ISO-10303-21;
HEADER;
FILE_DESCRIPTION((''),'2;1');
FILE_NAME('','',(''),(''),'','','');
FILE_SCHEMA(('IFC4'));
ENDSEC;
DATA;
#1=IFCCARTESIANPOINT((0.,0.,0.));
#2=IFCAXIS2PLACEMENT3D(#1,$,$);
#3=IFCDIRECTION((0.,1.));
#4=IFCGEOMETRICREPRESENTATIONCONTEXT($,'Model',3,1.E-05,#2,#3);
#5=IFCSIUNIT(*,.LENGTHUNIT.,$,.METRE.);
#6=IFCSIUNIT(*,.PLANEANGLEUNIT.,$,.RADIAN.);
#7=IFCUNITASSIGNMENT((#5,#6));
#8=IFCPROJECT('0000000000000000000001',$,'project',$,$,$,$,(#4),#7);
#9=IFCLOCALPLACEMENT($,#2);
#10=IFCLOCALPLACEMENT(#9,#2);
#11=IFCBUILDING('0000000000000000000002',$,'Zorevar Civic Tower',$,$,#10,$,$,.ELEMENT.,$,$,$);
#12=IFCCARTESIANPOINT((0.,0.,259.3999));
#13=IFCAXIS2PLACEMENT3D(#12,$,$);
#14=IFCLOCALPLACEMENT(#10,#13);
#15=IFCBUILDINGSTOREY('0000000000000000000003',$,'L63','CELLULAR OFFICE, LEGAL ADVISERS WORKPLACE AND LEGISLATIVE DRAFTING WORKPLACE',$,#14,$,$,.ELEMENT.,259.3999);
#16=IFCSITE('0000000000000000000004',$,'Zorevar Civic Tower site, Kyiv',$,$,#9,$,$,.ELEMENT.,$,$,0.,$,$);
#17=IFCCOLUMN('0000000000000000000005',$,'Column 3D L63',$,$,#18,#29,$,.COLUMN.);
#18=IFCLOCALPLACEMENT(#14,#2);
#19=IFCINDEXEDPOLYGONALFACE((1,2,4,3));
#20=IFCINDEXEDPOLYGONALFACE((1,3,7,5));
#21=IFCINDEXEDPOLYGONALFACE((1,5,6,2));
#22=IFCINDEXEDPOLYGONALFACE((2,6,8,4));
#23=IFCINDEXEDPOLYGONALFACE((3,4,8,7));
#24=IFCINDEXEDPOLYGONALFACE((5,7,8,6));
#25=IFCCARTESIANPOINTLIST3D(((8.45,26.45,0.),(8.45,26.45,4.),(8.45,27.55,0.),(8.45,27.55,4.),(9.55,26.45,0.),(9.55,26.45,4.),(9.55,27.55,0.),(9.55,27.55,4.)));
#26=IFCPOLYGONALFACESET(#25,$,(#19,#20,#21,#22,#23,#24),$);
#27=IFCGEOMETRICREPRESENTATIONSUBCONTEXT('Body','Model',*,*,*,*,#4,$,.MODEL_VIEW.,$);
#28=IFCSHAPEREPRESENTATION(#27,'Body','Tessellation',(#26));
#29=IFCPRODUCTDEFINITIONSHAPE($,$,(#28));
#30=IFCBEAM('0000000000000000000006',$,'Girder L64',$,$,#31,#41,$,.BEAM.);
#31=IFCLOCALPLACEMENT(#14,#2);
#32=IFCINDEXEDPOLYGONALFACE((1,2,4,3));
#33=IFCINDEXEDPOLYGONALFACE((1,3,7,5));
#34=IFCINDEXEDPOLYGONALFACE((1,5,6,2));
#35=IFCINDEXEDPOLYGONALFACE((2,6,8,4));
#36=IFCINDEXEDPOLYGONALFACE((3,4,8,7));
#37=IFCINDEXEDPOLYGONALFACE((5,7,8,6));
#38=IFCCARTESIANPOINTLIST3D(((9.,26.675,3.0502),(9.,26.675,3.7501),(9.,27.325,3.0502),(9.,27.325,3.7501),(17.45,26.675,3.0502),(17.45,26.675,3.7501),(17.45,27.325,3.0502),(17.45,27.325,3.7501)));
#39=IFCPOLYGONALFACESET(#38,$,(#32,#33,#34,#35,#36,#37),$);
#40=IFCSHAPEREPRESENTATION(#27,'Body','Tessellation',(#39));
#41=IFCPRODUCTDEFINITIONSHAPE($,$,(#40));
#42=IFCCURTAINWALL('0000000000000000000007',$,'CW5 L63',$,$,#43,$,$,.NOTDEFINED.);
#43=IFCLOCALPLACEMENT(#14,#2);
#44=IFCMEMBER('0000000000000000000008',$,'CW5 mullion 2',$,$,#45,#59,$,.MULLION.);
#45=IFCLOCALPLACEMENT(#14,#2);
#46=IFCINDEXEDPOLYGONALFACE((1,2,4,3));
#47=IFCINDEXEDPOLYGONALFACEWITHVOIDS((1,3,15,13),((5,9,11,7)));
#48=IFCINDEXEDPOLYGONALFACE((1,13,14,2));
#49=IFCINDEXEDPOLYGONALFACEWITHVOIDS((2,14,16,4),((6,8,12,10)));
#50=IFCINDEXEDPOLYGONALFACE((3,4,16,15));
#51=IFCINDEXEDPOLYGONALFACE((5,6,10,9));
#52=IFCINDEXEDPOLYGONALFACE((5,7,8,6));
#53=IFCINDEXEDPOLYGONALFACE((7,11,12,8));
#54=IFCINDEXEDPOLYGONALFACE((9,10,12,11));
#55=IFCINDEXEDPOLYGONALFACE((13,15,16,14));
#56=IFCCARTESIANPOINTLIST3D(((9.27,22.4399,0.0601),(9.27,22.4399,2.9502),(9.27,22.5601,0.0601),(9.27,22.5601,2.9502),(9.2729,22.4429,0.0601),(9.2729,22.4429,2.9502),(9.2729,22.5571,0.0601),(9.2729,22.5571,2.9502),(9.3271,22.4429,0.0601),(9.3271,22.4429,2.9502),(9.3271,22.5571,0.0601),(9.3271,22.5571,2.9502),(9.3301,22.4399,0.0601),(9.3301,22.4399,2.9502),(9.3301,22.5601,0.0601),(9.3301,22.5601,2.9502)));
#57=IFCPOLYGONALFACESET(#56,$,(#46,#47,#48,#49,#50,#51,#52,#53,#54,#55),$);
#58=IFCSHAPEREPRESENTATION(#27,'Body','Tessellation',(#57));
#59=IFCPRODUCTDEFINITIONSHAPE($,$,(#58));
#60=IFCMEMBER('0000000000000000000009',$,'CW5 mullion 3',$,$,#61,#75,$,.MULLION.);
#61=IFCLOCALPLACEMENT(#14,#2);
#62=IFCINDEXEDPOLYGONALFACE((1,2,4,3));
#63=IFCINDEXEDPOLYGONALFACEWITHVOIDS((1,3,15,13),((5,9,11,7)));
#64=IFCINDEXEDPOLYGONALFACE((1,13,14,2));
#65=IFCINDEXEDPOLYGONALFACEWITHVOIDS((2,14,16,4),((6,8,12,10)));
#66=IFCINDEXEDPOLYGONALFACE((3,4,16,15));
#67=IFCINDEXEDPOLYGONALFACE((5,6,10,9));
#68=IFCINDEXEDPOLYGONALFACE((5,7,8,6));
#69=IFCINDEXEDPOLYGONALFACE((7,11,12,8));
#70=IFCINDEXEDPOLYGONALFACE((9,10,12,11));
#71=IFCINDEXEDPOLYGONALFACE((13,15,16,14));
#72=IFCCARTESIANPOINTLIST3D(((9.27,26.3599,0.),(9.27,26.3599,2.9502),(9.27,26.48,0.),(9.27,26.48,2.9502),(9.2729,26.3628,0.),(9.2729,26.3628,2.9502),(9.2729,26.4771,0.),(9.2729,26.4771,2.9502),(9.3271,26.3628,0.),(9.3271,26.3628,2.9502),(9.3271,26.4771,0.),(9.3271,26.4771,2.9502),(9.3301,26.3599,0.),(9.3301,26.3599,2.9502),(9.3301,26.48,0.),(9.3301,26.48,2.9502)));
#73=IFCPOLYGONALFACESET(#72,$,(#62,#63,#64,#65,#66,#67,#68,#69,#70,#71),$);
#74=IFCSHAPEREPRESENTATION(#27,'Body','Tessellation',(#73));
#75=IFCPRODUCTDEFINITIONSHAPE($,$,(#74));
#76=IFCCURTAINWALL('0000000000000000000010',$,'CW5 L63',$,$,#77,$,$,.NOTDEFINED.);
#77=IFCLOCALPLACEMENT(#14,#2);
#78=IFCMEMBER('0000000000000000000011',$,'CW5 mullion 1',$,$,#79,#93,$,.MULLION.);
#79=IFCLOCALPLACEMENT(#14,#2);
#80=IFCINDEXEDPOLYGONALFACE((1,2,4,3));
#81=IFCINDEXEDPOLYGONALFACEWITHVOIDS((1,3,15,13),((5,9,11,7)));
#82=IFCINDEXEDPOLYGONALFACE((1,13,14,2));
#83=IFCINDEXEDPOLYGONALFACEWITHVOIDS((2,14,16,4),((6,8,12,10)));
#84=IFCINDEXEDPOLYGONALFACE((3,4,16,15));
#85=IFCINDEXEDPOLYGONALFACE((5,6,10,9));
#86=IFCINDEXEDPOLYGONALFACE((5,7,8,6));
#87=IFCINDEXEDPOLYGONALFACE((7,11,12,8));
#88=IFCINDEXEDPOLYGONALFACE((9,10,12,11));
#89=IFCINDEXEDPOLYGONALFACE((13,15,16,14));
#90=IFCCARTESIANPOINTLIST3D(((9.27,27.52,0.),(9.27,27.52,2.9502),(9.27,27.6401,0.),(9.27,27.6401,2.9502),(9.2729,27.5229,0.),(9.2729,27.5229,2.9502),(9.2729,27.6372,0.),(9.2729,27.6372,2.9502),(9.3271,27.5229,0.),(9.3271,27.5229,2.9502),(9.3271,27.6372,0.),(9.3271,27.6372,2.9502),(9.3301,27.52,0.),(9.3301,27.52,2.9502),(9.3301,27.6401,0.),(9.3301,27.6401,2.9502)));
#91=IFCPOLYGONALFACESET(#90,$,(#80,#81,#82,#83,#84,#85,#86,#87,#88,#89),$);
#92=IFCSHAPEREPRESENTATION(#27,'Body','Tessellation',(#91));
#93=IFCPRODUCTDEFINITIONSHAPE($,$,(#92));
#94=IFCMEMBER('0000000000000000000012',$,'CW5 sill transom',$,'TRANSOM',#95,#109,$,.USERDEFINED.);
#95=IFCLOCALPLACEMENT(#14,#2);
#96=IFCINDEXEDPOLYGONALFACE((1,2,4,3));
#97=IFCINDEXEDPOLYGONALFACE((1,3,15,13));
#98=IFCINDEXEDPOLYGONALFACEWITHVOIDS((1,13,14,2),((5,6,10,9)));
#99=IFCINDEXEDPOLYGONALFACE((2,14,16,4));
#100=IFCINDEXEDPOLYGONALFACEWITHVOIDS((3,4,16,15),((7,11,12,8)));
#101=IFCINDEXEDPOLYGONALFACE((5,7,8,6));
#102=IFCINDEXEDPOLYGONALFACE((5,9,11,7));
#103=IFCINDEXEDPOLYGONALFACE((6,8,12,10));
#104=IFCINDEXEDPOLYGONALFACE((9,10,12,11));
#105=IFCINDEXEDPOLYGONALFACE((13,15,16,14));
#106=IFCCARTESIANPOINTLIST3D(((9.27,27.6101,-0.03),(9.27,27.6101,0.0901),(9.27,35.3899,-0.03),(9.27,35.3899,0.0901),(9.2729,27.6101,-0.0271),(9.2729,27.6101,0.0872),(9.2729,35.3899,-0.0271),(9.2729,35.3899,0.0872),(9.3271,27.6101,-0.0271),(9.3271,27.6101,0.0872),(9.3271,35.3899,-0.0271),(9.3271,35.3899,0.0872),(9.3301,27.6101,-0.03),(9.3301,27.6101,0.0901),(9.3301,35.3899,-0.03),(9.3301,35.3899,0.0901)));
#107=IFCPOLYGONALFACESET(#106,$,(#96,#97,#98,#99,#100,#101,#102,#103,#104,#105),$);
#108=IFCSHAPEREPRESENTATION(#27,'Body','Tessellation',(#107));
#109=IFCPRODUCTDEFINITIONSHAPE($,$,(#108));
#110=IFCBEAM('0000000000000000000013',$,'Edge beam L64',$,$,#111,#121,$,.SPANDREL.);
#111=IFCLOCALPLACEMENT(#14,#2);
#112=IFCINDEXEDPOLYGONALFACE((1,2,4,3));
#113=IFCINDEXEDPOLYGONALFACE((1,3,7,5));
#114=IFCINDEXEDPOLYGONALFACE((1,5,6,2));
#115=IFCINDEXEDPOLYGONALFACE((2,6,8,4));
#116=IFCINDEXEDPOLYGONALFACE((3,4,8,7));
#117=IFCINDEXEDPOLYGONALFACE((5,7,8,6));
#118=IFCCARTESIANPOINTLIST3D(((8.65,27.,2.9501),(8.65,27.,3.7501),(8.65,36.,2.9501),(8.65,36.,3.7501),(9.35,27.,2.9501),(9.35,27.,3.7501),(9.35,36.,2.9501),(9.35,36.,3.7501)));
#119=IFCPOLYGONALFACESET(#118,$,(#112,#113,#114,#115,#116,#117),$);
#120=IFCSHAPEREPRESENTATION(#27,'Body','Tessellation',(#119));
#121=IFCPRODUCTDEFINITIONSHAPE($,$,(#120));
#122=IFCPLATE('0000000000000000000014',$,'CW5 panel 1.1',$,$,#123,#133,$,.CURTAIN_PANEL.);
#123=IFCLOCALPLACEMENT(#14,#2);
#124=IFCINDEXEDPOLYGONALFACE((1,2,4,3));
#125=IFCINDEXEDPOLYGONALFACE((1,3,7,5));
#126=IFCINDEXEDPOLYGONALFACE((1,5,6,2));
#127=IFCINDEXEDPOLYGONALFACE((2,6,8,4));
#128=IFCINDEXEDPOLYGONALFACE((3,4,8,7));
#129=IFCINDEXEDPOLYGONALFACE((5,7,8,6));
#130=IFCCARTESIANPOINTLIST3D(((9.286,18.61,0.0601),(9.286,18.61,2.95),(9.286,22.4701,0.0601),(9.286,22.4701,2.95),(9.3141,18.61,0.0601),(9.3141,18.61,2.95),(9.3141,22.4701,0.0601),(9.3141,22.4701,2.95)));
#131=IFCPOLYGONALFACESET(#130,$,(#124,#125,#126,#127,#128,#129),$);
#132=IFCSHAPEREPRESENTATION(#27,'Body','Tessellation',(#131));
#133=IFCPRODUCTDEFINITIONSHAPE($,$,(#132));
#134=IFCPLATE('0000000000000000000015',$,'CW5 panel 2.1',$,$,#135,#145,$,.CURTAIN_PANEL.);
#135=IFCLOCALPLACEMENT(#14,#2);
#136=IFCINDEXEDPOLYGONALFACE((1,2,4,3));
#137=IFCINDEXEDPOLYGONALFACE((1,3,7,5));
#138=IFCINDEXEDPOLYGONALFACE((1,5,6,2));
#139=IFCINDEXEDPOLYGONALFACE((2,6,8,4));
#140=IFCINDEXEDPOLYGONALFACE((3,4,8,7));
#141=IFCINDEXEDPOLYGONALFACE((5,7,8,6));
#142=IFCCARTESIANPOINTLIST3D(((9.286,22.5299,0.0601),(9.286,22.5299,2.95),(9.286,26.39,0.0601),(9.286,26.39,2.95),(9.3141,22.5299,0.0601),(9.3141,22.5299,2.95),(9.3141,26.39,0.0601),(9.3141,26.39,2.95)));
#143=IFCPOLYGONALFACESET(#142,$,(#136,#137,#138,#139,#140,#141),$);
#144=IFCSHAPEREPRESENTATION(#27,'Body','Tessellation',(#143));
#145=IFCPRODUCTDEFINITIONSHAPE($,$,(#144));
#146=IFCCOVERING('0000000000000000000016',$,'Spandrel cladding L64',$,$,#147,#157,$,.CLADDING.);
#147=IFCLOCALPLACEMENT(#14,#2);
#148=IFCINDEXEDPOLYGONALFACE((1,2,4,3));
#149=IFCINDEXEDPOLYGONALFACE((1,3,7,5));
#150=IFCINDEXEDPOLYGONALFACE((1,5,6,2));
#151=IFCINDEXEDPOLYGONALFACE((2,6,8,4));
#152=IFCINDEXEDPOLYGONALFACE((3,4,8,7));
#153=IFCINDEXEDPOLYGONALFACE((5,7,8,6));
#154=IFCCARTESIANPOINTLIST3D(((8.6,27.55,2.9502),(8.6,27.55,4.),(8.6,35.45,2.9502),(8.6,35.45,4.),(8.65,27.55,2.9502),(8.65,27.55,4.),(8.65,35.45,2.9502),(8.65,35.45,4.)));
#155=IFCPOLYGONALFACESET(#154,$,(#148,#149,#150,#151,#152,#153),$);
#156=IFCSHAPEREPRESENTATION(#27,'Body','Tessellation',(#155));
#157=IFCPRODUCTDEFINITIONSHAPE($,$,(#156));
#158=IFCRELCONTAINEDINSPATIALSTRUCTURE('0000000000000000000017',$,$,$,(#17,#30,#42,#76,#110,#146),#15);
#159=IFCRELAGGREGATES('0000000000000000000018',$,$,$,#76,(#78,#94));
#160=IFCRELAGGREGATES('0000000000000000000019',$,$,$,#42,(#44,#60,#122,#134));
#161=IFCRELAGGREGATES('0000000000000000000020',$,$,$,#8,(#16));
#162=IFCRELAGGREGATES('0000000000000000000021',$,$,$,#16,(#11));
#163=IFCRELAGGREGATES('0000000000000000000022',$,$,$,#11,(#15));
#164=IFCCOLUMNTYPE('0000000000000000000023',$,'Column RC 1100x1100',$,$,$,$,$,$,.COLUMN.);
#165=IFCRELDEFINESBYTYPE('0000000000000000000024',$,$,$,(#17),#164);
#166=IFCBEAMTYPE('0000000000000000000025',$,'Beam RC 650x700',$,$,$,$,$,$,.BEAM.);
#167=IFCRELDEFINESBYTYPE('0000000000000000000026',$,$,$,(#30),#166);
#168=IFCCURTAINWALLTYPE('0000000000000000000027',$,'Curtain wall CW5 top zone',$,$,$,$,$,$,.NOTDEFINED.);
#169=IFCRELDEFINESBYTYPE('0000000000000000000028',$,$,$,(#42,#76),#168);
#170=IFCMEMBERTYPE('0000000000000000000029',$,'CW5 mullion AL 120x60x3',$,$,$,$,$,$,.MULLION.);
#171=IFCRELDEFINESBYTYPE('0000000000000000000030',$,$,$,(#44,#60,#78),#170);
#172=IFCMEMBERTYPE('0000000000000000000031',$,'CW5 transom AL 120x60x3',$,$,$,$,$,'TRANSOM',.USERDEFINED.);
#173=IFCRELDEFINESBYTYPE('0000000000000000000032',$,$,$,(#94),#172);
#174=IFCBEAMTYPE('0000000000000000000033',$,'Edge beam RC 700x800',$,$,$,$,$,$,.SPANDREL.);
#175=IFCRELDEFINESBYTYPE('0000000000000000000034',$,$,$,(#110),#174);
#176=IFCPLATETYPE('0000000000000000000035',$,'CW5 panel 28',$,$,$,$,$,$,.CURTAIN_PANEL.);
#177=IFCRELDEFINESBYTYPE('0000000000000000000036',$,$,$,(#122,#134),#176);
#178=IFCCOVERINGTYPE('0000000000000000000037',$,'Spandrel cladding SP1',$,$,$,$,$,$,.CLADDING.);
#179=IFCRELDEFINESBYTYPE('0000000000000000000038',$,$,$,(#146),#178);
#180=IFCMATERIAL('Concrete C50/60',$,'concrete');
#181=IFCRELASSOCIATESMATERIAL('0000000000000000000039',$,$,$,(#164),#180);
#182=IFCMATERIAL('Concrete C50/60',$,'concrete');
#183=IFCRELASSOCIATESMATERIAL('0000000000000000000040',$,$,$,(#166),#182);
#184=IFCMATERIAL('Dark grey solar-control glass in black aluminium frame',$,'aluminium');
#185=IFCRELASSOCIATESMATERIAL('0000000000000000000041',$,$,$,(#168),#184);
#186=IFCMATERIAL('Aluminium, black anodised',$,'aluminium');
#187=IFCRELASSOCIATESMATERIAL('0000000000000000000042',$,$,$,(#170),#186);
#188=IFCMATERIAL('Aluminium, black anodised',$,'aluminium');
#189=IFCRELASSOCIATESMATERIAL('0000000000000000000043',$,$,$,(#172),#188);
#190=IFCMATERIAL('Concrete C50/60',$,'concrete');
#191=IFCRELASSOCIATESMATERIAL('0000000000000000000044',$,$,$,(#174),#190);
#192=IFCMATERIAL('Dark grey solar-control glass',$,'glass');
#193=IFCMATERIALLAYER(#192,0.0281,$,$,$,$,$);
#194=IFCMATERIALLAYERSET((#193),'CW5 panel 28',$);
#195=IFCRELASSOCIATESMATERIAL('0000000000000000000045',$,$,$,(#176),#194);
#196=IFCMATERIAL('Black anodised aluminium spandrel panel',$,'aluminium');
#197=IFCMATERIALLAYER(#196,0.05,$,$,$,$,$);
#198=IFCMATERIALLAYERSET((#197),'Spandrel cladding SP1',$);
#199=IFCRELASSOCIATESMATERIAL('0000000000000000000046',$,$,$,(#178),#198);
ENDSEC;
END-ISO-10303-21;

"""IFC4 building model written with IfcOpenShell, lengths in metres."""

from ifc_helpers import new_model, si_unit, direction, frame, frame_2d, origin, origin_2d, place, context, subcontext, project, spatial, rectangle, hollow_rectangle, extrude, material, layer, layer_set, material_profile, profile_set, type_object, element, aggregate, save


model = new_model("IFC4")

# Units and contexts
model_context = context("Model", 3, precision=1e-05, world=origin(), true_north=direction((0.0, 1.0)))
body_context = subcontext(model_context, "Body", "Model", "MODEL_VIEW")
ifc_project = project(units=[si_unit("LENGTHUNIT", "METRE"), si_unit("PLANEANGLEUNIT", "RADIAN")], contexts=[model_context])

# Site, building, storey
site_placement = place(None, origin())
site = spatial("IfcSite", under=ifc_project, at=site_placement, Name="Zorevar Civic Tower site, Kyiv", CompositionType="ELEMENT", RefElevation=0.0)
building_placement = place(site_placement, origin())
building = spatial("IfcBuilding", under=site, at=building_placement, Name="Zorevar Civic Tower", CompositionType="ELEMENT")
storey_placement = place(building_placement, frame((0.0, 0.0, 259.3999)))
storey = spatial("IfcBuildingStorey", under=building, at=storey_placement, Name="L63", Description="CELLULAR OFFICE, LEGAL ADVISERS WORKPLACE AND LEGISLATIVE DRAFTING WORKPLACE", CompositionType="ELEMENT", Elevation=259.3999)

# Column
ifc_material_1 = material(Name="Concrete C50/60", Category="concrete")
ifc_material_profile_1 = material_profile(ifc_material_1, rectangle(XDim=1.1001, YDim=1.1001, at=origin_2d()), Name="RC 1100x1100")
ifc_profile_set_1 = profile_set([ifc_material_profile_1], Name="Concrete C50/60")
column_type = type_object("IfcColumnType", Name="Column RC 1100x1100", PredefinedType="COLUMN", material=ifc_profile_set_1)
column_placement = place(storey_placement, frame((9.0, 27.0, 0.0), z_axis=(0.0, 0.0, 1.0), x_axis=(1.0, 0.0, 0.0)))
element("IfcColumn", 1, at=column_placement, inside=storey, type_object=column_type, Name="Column 3D L63", PredefinedType="COLUMN", context=body_context, shape_type="SweptSolid", body=[
    extrude(rectangle(XDim=1.1001, YDim=1.1001, at=origin_2d()), origin(), (0.0, 0.0, 1.0), 4.0),
])

# Beam
ifc_material_2 = material(Name="Concrete C50/60", Category="concrete")
ifc_material_profile_2 = material_profile(ifc_material_2, rectangle(XDim=0.6499, YDim=0.7, at=origin_2d()), Name="RC 650x700")
ifc_profile_set_2 = profile_set([ifc_material_profile_2], Name="Concrete C50/60")
beam_type_1 = type_object("IfcBeamType", Name="Beam RC 650x700", PredefinedType="BEAM", material=ifc_profile_set_2)
beam_1_placement = place(storey_placement, frame((9.0, 27.0, 3.4001), z_axis=(1.0, 0.0, 0.0), x_axis=(0.0, 1.0, 0.0)))
element("IfcBeam", 2, at=beam_1_placement, inside=storey, type_object=beam_type_1, Name="Girder L64", PredefinedType="BEAM", context=body_context, shape_type="SweptSolid", body=[
    extrude(rectangle(XDim=0.6499, YDim=0.7, at=origin_2d()), origin(), (0.0, 0.0, 1.0), 8.45),
])

# Curtain walls, members
ifc_material_3 = material(Name="Dark grey solar-control glass in black aluminium frame", Category="aluminium")
curtain_wall_type = type_object("IfcCurtainWallType", Name="Curtain wall CW5 top zone", PredefinedType="NOTDEFINED", material=ifc_material_3)
curtain_wall_1_placement = place(storey_placement, origin())
curtain_wall_1 = element("IfcCurtainWall", 3, at=curtain_wall_1_placement, inside=storey, type_object=curtain_wall_type, Name="CW5 L63", PredefinedType="NOTDEFINED")
ifc_material_4 = material(Name="Aluminium, black anodised", Category="aluminium")
ifc_material_profile_3 = material_profile(ifc_material_4, hollow_rectangle(XDim=0.0601, YDim=0.1201, WallThickness=0.0029, at=origin_2d()), Name="AL 120x60x3")
ifc_profile_set_3 = profile_set([ifc_material_profile_3], Name="Aluminium, black anodised")
member_type_1 = type_object("IfcMemberType", Name="CW5 mullion AL 120x60x3", PredefinedType="MULLION", material=ifc_profile_set_3)
member_1_placement = place(storey_placement, frame((9.3, 22.5, 0.0601), z_axis=(0.0, 0.0, 1.0), x_axis=(-1.0, 0.0, 0.0)))
member_1 = element("IfcMember", 4, at=member_1_placement, type_object=member_type_1, Name="CW5 mullion 2", PredefinedType="MULLION", context=body_context, shape_type="SweptSolid", body=[
    extrude(hollow_rectangle(XDim=0.0601, YDim=0.1201, WallThickness=0.0029, at=origin_2d()), origin(), (0.0, 0.0, 1.0), 2.8901),
])
member_2_placement = place(storey_placement, frame((9.3, 26.4199, 0.0), z_axis=(0.0, 0.0, 1.0), x_axis=(-1.0, 0.0, 0.0)))
member_2 = element("IfcMember", 5, at=member_2_placement, type_object=member_type_1, Name="CW5 mullion 3", PredefinedType="MULLION", context=body_context, shape_type="SweptSolid", body=[
    extrude(hollow_rectangle(XDim=0.0601, YDim=0.1201, WallThickness=0.0029, at=origin_2d()), origin(), (0.0, 0.0, 1.0), 2.9502),
])
curtain_wall_2_placement = place(storey_placement, origin())
curtain_wall_2 = element("IfcCurtainWall", 6, at=curtain_wall_2_placement, inside=storey, type_object=curtain_wall_type, Name="CW5 L63", PredefinedType="NOTDEFINED")
member_3_placement = place(storey_placement, frame((9.3, 27.5801, 0.0), z_axis=(0.0, 0.0, 1.0), x_axis=(-1.0, 0.0, 0.0)))
member_3 = element("IfcMember", 7, at=member_3_placement, type_object=member_type_1, Name="CW5 mullion 1", PredefinedType="MULLION", context=body_context, shape_type="SweptSolid", body=[
    extrude(hollow_rectangle(XDim=0.0601, YDim=0.1201, WallThickness=0.0029, at=origin_2d()), origin(), (0.0, 0.0, 1.0), 2.9502),
])
ifc_material_5 = material(Name="Aluminium, black anodised", Category="aluminium")
ifc_material_profile_4 = material_profile(ifc_material_5, hollow_rectangle(XDim=0.0601, YDim=0.1201, WallThickness=0.0029, at=origin_2d()), Name="AL 120x60x3")
ifc_profile_set_4 = profile_set([ifc_material_profile_4], Name="Aluminium, black anodised")
member_type_2 = type_object("IfcMemberType", Name="CW5 transom AL 120x60x3", ElementType="TRANSOM", PredefinedType="USERDEFINED", material=ifc_profile_set_4)
member_4_placement = place(storey_placement, frame((9.3, 27.6101, 0.03), z_axis=(0.0, 1.0, 0.0), x_axis=(-1.0, 0.0, 0.0)))
member_4 = element("IfcMember", 8, at=member_4_placement, type_object=member_type_2, Name="CW5 sill transom", ObjectType="TRANSOM", PredefinedType="USERDEFINED", context=body_context, shape_type="SweptSolid", body=[
    extrude(hollow_rectangle(XDim=0.0601, YDim=0.1201, WallThickness=0.0029, at=origin_2d()), origin(), (0.0, 0.0, 1.0), 7.7798),
])
aggregate(curtain_wall_2, [member_3, member_4])

# Beam
ifc_material_6 = material(Name="Concrete C50/60", Category="concrete")
ifc_material_profile_5 = material_profile(ifc_material_6, rectangle(XDim=0.7, YDim=0.8, at=origin_2d()), Name="RC 700x800")
ifc_profile_set_5 = profile_set([ifc_material_profile_5], Name="Concrete C50/60")
beam_type_2 = type_object("IfcBeamType", Name="Edge beam RC 700x800", PredefinedType="SPANDREL", material=ifc_profile_set_5)
beam_2_placement = place(storey_placement, frame((9.0, 27.0, 3.3501), z_axis=(0.0, 1.0, 0.0), x_axis=(-1.0, 0.0, 0.0)))
element("IfcBeam", 9, at=beam_2_placement, inside=storey, type_object=beam_type_2, Name="Edge beam L64", PredefinedType="SPANDREL", context=body_context, shape_type="SweptSolid", body=[
    extrude(rectangle(XDim=0.7, YDim=0.8, at=origin_2d()), origin(), (0.0, 0.0, 1.0), 9.0),
])

# Plates
ifc_material_7 = material(Name="Dark grey solar-control glass", Category="glass")
ifc_layer_1 = layer(ifc_material_7, 0.0281)
ifc_layer_set_1 = layer_set([ifc_layer_1], Name="CW5 panel 28")
plate_type = type_object("IfcPlateType", Name="CW5 panel 28", PredefinedType="CURTAIN_PANEL", material=ifc_layer_set_1)
plate_1_placement = place(storey_placement, frame((9.3, 20.54, 0.0601), z_axis=(0.0, 0.0, 1.0), x_axis=(0.0, 1.0, 0.0)))
plate_1 = element("IfcPlate", 10, at=plate_1_placement, type_object=plate_type, Name="CW5 panel 1.1", PredefinedType="CURTAIN_PANEL", context=body_context, shape_type="SweptSolid", body=[
    extrude(rectangle(XDim=3.8601, YDim=0.0281, at=origin_2d()), origin(), (0.0, 0.0, 1.0), 2.8899),
])
plate_2_placement = place(storey_placement, frame((9.3, 24.46, 0.0601), z_axis=(0.0, 0.0, 1.0), x_axis=(0.0, 1.0, 0.0)))
plate_2 = element("IfcPlate", 11, at=plate_2_placement, type_object=plate_type, Name="CW5 panel 2.1", PredefinedType="CURTAIN_PANEL", context=body_context, shape_type="SweptSolid", body=[
    extrude(rectangle(XDim=3.8601, YDim=0.0281, at=origin_2d()), origin(), (0.0, 0.0, 1.0), 2.8899),
])
aggregate(curtain_wall_1, [member_1, member_2, plate_1, plate_2])

# Covering
ifc_material_8 = material(Name="Black anodised aluminium spandrel panel", Category="aluminium")
ifc_layer_2 = layer(ifc_material_8, 0.05)
ifc_layer_set_2 = layer_set([ifc_layer_2], Name="Spandrel cladding SP1")
covering_type = type_object("IfcCoveringType", Name="Spandrel cladding SP1", PredefinedType="CLADDING", material=ifc_layer_set_2)
covering_placement = place(storey_placement, frame((8.625, 27.55, 2.9502), z_axis=(0.0, 0.0, 1.0), x_axis=(0.0, 1.0, 0.0)))
element("IfcCovering", 12, at=covering_placement, inside=storey, type_object=covering_type, Name="Spandrel cladding L64", PredefinedType="CLADDING", context=body_context, shape_type="SweptSolid", body=[
    extrude(rectangle(XDim=7.8999, YDim=0.05, at=frame_2d((3.95, 0.0))), origin(), (0.0, 0.0, 1.0), 1.0498),
])

save(model, "model.ifc")
